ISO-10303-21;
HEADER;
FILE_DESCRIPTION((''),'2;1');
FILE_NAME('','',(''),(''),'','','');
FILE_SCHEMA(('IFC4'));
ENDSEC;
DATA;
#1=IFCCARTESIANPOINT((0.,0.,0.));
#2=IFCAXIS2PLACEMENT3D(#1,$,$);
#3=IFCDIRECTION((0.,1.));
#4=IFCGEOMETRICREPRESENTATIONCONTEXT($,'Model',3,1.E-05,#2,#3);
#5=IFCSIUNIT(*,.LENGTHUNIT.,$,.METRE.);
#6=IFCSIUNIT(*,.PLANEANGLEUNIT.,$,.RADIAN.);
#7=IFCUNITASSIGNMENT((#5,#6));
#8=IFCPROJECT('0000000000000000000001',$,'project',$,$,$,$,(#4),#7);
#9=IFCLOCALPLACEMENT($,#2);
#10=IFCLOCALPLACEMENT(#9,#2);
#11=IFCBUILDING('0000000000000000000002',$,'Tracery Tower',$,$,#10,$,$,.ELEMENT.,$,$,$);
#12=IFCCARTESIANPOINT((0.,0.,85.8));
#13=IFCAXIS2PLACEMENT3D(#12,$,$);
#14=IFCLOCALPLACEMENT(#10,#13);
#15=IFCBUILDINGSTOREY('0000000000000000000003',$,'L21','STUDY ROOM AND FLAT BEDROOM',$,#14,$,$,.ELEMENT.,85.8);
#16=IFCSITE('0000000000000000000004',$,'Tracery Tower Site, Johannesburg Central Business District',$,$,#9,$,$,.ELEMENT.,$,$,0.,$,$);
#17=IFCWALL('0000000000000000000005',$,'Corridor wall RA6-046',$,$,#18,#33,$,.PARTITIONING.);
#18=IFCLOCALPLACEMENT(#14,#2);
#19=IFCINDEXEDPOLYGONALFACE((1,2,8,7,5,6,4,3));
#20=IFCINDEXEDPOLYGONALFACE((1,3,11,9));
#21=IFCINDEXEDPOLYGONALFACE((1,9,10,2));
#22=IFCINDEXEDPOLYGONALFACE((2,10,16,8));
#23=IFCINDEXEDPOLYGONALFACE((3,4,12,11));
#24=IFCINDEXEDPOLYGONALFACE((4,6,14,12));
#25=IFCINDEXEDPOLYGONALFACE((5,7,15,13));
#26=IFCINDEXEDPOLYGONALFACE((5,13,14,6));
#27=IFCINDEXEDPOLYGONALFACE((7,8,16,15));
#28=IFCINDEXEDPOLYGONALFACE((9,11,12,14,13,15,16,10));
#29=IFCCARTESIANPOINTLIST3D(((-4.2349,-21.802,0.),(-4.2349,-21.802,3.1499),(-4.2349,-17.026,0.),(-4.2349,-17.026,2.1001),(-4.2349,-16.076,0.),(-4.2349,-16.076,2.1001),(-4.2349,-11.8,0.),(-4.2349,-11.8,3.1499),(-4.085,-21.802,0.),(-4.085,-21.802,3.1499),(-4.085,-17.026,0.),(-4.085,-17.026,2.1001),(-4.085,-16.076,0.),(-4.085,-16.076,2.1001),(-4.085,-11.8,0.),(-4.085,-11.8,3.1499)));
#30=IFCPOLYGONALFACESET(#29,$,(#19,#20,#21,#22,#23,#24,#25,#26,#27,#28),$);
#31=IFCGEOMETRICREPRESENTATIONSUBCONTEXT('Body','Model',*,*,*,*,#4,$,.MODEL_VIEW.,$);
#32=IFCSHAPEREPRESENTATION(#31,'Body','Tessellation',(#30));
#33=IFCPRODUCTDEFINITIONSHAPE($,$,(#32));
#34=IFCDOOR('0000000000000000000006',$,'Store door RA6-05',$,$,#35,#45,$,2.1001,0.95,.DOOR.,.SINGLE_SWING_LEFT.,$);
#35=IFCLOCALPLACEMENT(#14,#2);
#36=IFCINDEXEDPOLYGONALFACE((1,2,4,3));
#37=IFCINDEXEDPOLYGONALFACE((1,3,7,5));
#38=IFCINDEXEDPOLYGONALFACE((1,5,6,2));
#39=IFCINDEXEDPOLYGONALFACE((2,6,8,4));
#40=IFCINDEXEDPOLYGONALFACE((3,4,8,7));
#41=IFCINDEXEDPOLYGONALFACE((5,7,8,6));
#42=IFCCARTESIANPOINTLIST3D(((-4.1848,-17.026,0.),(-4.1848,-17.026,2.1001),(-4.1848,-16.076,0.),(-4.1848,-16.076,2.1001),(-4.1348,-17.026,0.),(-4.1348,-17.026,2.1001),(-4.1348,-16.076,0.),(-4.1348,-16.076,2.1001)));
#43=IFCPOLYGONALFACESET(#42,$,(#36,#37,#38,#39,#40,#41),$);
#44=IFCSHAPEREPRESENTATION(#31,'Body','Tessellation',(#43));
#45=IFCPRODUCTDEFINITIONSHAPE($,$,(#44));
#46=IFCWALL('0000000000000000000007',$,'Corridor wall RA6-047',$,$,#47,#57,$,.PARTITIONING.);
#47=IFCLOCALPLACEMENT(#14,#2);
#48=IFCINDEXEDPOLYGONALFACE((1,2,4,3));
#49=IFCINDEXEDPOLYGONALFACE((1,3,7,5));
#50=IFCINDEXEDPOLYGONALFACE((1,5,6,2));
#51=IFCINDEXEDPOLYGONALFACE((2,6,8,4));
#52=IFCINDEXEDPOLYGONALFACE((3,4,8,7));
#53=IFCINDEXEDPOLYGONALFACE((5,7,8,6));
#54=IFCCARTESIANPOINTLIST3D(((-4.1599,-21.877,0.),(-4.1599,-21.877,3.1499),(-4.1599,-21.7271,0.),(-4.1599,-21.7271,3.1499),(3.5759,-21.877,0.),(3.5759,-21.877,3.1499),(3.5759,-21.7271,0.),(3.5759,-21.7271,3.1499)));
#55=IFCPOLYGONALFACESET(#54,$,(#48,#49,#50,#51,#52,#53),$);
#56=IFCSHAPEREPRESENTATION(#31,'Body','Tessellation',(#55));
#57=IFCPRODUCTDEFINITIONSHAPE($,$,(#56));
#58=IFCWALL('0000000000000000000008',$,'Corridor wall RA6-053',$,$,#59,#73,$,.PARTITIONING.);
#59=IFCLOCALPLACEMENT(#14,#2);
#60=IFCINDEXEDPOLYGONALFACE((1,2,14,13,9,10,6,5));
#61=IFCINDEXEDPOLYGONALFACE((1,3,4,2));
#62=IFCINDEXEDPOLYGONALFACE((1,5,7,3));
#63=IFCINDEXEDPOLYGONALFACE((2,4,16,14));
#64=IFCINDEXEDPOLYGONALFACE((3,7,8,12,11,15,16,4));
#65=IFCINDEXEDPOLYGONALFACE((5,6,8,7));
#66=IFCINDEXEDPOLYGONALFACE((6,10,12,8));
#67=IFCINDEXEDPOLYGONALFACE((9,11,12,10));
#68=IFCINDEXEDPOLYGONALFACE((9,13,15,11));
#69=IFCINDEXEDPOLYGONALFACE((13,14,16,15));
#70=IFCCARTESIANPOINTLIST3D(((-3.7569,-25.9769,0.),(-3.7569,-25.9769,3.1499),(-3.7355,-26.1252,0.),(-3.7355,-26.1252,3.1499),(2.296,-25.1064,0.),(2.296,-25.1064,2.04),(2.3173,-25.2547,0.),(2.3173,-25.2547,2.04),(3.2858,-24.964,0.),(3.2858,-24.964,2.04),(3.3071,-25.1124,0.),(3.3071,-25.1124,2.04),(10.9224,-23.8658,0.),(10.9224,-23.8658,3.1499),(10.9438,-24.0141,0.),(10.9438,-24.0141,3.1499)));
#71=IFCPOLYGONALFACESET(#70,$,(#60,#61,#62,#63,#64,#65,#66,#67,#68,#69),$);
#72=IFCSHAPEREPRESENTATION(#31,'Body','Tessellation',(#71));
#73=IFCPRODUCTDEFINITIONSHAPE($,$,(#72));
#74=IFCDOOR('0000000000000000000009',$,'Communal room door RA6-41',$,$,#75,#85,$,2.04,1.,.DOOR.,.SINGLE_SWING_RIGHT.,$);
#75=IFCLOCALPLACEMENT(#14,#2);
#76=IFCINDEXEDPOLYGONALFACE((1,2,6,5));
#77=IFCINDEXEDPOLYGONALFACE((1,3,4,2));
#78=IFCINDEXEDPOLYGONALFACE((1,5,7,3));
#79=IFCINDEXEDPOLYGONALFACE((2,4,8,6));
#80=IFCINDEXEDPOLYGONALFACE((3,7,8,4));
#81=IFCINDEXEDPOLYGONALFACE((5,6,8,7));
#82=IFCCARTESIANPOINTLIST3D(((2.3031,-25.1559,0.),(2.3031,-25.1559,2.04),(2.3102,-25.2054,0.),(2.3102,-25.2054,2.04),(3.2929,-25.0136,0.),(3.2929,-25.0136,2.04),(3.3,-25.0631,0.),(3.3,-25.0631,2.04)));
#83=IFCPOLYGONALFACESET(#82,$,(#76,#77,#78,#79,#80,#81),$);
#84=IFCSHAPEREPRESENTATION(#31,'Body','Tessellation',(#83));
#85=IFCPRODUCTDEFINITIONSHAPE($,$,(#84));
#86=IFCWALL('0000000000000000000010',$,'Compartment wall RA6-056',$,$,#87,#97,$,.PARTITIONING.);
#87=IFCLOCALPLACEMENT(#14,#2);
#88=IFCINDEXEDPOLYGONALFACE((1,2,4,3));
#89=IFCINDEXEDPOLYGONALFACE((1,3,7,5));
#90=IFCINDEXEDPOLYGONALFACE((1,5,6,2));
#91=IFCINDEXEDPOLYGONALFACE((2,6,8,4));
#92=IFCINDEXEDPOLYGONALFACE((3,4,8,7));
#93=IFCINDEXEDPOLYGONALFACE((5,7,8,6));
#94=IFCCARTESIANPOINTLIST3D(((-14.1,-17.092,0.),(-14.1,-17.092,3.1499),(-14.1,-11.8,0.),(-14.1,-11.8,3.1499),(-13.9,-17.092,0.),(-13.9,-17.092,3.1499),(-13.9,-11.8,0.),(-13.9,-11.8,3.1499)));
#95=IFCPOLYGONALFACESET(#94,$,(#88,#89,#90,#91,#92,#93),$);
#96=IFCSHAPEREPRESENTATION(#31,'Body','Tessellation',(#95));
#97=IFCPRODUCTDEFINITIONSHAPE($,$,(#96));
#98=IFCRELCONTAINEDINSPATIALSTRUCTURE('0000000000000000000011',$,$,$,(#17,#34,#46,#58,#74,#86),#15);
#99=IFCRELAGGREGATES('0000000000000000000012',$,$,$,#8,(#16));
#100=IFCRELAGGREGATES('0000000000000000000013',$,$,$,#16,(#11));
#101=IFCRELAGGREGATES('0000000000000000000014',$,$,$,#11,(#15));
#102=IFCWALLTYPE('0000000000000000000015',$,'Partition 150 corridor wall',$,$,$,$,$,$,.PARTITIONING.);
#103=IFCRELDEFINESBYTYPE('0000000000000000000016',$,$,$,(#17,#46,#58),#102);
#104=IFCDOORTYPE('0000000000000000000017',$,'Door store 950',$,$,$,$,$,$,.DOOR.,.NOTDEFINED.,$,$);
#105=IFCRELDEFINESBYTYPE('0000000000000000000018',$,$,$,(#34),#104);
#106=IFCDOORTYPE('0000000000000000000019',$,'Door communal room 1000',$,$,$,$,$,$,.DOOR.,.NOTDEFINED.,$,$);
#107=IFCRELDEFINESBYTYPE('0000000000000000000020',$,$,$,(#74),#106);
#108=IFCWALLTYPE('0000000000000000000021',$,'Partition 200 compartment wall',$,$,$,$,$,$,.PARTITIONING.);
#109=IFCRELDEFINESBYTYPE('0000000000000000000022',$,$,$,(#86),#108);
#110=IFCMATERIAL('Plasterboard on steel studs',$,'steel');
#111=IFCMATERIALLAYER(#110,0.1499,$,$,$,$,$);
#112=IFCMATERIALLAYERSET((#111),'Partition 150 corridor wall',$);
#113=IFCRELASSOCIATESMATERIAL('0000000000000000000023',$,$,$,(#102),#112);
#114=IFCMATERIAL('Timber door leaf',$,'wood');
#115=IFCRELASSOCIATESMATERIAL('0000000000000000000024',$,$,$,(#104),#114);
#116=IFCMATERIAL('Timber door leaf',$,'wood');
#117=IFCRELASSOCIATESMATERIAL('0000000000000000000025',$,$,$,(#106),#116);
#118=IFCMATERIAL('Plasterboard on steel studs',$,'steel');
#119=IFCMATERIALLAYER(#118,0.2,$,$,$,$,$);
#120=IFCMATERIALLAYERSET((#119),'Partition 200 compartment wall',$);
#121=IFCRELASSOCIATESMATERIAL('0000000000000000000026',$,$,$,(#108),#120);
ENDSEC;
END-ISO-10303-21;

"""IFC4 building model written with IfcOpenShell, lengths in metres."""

from ifc_helpers import new_model, si_unit, direction, frame, frame_2d, origin, place, context, subcontext, project, spatial, rectangle, extrude, material, layer, layer_set, type_object, element, fill, save


model = new_model("IFC4")

# Units and contexts
model_context = context("Model", 3, precision=1e-05, world=origin(), true_north=direction((0.0, 1.0)))
body_context = subcontext(model_context, "Body", "Model", "MODEL_VIEW")
ifc_project = project(units=[si_unit("LENGTHUNIT", "METRE"), si_unit("PLANEANGLEUNIT", "RADIAN")], contexts=[model_context])

# Site, building, storey
site_placement = place(None, origin())
site = spatial("IfcSite", under=ifc_project, at=site_placement, Name="Tracery Tower Site, Johannesburg Central Business District", CompositionType="ELEMENT", RefElevation=0.0)
building_placement = place(site_placement, origin())
building = spatial("IfcBuilding", under=site, at=building_placement, Name="Tracery Tower", CompositionType="ELEMENT")
storey_placement = place(building_placement, frame((0.0, 0.0, 85.8)))
storey = spatial("IfcBuildingStorey", under=building, at=storey_placement, Name="L21", Description="STUDY ROOM AND FLAT BEDROOM", CompositionType="ELEMENT", Elevation=85.8)

# Shared definitions
ifc_material_1 = material(Name="Plasterboard on steel studs", Category="steel")
ifc_layer_1 = layer(ifc_material_1, 0.1499)
ifc_layer_set_1 = layer_set([ifc_layer_1], Name="Partition 150 corridor wall")
wall_type_1 = type_object("IfcWallType", Name="Partition 150 corridor wall", PredefinedType="PARTITIONING", material=ifc_layer_set_1)

# Wall, opening, door
ifc_material_2 = material(Name="Timber door leaf", Category="wood")
door_type_1 = type_object("IfcDoorType", Name="Door store 950", OperationType="NOTDEFINED", PredefinedType="DOOR", material=ifc_material_2)
wall_1_placement = place(storey_placement, frame((-4.1599, -21.802, 0.0), z_axis=(0.0, 0.0, 1.0), x_axis=(0.0, 1.0, 0.0)))
wall_1 = element("IfcWall", 1, at=wall_1_placement, inside=storey, type_object=wall_type_1, Name="Corridor wall RA6-046", PredefinedType="PARTITIONING", context=body_context, shape_type="SweptSolid", body=[
    extrude(rectangle(XDim=10.002, YDim=0.1499, at=frame_2d((5.001, 0.0))), origin(), (0.0, 0.0, 1.0), 3.1499),
])
opening_1_placement = place(wall_1_placement, frame((4.7759, 0.0, 0.0)))
opening_1 = element("IfcOpeningElement", 2, at=opening_1_placement, cuts=wall_1, PredefinedType="OPENING", context=body_context, shape_type="SweptSolid", body=[
    extrude(rectangle(XDim=0.95, YDim=2.1001, at=frame_2d((0.4751, 1.05))), frame((0.0, 0.075, 0.0), z_axis=(0.0, -1.0, 0.0), x_axis=(1.0, 0.0, 0.0)), (0.0, 0.0, 1.0), 0.1499),
])
door_1_placement = place(opening_1_placement, origin())
door_1 = element("IfcDoor", 3, at=door_1_placement, inside=storey, type_object=door_type_1, Name="Store door RA6-05", OperationType="SINGLE_SWING_LEFT", OverallHeight=2.1001, OverallWidth=0.95, PredefinedType="DOOR", context=body_context, shape_type="SweptSolid", body=[
    extrude(rectangle(XDim=0.95, YDim=2.1001, at=frame_2d((0.4751, 1.05))), frame((0.0, 0.0249, 0.0), z_axis=(0.0, -1.0, 0.0), x_axis=(1.0, 0.0, 0.0)), (0.0, 0.0, 1.0), 0.05),
])
fill(opening_1, door_1)

# Wall
wall_2_placement = place(storey_placement, frame((-4.1599, -21.802, 0.0), z_axis=(0.0, 0.0, 1.0), x_axis=(1.0, 0.0, 0.0)))
element("IfcWall", 4, at=wall_2_placement, inside=storey, type_object=wall_type_1, Name="Corridor wall RA6-047", PredefinedType="PARTITIONING", context=body_context, shape_type="SweptSolid", body=[
    extrude(rectangle(XDim=7.7358, YDim=0.1499, at=frame_2d((3.8679, 0.0))), origin(), (0.0, 0.0, 1.0), 3.1499),
])

# Wall, opening, door
wall_3_placement = place(storey_placement, frame((-3.7461, -26.051, 0.0), z_axis=(0.0, 0.0, 1.0), x_axis=(0.989816, 0.14235, 0.0)))
wall_3 = element("IfcWall", 5, at=wall_3_placement, inside=storey, type_object=wall_type_1, Name="Corridor wall RA6-053", PredefinedType="PARTITIONING", context=body_context, shape_type="SweptSolid", body=[
    extrude(rectangle(XDim=14.8303, YDim=0.1499, at=frame_2d((7.415, 0.0))), origin(), (0.0, 0.0, 1.0), 3.1499),
])
opening_2_placement = place(wall_3_placement, frame((6.115, 0.0, 0.0)))
opening_2 = element("IfcOpeningElement", 6, at=opening_2_placement, cuts=wall_3, PredefinedType="OPENING", context=body_context, shape_type="SweptSolid", body=[
    extrude(rectangle(XDim=1.0, YDim=2.04, at=frame_2d((0.5, 1.02))), frame((0.0, 0.075, 0.0), z_axis=(0.0, -1.0, 0.0), x_axis=(1.0, 0.0, 0.0)), (0.0, 0.0, 1.0), 0.1499),
])
ifc_material_3 = material(Name="Timber door leaf", Category="wood")
door_type_2 = type_object("IfcDoorType", Name="Door communal room 1000", OperationType="NOTDEFINED", PredefinedType="DOOR", material=ifc_material_3)
door_2_placement = place(opening_2_placement, origin())
door_2 = element("IfcDoor", 7, at=door_2_placement, inside=storey, type_object=door_type_2, Name="Communal room door RA6-41", OperationType="SINGLE_SWING_RIGHT", OverallHeight=2.04, OverallWidth=1.0, PredefinedType="DOOR", context=body_context, shape_type="SweptSolid", body=[
    extrude(rectangle(XDim=1.0, YDim=2.04, at=frame_2d((0.5, 1.02))), frame((0.0, 0.0249, 0.0), z_axis=(0.0, -1.0, 0.0), x_axis=(1.0, 0.0, 0.0)), (0.0, 0.0, 1.0), 0.05),
])
fill(opening_2, door_2)

# Wall
ifc_material_4 = material(Name="Plasterboard on steel studs", Category="steel")
ifc_layer_2 = layer(ifc_material_4, 0.2)
ifc_layer_set_2 = layer_set([ifc_layer_2], Name="Partition 200 compartment wall")
wall_type_2 = type_object("IfcWallType", Name="Partition 200 compartment wall", PredefinedType="PARTITIONING", material=ifc_layer_set_2)
wall_4_placement = place(storey_placement, frame((-14.0, -17.092, 0.0), z_axis=(0.0, 0.0, 1.0), x_axis=(0.0, 1.0, 0.0)))
element("IfcWall", 8, at=wall_4_placement, inside=storey, type_object=wall_type_2, Name="Compartment wall RA6-056", PredefinedType="PARTITIONING", context=body_context, shape_type="SweptSolid", body=[
    extrude(rectangle(XDim=5.292, YDim=0.2, at=frame_2d((2.646, 0.0))), origin(), (0.0, 0.0, 1.0), 3.1499),
])

save(model, "model.ifc")
